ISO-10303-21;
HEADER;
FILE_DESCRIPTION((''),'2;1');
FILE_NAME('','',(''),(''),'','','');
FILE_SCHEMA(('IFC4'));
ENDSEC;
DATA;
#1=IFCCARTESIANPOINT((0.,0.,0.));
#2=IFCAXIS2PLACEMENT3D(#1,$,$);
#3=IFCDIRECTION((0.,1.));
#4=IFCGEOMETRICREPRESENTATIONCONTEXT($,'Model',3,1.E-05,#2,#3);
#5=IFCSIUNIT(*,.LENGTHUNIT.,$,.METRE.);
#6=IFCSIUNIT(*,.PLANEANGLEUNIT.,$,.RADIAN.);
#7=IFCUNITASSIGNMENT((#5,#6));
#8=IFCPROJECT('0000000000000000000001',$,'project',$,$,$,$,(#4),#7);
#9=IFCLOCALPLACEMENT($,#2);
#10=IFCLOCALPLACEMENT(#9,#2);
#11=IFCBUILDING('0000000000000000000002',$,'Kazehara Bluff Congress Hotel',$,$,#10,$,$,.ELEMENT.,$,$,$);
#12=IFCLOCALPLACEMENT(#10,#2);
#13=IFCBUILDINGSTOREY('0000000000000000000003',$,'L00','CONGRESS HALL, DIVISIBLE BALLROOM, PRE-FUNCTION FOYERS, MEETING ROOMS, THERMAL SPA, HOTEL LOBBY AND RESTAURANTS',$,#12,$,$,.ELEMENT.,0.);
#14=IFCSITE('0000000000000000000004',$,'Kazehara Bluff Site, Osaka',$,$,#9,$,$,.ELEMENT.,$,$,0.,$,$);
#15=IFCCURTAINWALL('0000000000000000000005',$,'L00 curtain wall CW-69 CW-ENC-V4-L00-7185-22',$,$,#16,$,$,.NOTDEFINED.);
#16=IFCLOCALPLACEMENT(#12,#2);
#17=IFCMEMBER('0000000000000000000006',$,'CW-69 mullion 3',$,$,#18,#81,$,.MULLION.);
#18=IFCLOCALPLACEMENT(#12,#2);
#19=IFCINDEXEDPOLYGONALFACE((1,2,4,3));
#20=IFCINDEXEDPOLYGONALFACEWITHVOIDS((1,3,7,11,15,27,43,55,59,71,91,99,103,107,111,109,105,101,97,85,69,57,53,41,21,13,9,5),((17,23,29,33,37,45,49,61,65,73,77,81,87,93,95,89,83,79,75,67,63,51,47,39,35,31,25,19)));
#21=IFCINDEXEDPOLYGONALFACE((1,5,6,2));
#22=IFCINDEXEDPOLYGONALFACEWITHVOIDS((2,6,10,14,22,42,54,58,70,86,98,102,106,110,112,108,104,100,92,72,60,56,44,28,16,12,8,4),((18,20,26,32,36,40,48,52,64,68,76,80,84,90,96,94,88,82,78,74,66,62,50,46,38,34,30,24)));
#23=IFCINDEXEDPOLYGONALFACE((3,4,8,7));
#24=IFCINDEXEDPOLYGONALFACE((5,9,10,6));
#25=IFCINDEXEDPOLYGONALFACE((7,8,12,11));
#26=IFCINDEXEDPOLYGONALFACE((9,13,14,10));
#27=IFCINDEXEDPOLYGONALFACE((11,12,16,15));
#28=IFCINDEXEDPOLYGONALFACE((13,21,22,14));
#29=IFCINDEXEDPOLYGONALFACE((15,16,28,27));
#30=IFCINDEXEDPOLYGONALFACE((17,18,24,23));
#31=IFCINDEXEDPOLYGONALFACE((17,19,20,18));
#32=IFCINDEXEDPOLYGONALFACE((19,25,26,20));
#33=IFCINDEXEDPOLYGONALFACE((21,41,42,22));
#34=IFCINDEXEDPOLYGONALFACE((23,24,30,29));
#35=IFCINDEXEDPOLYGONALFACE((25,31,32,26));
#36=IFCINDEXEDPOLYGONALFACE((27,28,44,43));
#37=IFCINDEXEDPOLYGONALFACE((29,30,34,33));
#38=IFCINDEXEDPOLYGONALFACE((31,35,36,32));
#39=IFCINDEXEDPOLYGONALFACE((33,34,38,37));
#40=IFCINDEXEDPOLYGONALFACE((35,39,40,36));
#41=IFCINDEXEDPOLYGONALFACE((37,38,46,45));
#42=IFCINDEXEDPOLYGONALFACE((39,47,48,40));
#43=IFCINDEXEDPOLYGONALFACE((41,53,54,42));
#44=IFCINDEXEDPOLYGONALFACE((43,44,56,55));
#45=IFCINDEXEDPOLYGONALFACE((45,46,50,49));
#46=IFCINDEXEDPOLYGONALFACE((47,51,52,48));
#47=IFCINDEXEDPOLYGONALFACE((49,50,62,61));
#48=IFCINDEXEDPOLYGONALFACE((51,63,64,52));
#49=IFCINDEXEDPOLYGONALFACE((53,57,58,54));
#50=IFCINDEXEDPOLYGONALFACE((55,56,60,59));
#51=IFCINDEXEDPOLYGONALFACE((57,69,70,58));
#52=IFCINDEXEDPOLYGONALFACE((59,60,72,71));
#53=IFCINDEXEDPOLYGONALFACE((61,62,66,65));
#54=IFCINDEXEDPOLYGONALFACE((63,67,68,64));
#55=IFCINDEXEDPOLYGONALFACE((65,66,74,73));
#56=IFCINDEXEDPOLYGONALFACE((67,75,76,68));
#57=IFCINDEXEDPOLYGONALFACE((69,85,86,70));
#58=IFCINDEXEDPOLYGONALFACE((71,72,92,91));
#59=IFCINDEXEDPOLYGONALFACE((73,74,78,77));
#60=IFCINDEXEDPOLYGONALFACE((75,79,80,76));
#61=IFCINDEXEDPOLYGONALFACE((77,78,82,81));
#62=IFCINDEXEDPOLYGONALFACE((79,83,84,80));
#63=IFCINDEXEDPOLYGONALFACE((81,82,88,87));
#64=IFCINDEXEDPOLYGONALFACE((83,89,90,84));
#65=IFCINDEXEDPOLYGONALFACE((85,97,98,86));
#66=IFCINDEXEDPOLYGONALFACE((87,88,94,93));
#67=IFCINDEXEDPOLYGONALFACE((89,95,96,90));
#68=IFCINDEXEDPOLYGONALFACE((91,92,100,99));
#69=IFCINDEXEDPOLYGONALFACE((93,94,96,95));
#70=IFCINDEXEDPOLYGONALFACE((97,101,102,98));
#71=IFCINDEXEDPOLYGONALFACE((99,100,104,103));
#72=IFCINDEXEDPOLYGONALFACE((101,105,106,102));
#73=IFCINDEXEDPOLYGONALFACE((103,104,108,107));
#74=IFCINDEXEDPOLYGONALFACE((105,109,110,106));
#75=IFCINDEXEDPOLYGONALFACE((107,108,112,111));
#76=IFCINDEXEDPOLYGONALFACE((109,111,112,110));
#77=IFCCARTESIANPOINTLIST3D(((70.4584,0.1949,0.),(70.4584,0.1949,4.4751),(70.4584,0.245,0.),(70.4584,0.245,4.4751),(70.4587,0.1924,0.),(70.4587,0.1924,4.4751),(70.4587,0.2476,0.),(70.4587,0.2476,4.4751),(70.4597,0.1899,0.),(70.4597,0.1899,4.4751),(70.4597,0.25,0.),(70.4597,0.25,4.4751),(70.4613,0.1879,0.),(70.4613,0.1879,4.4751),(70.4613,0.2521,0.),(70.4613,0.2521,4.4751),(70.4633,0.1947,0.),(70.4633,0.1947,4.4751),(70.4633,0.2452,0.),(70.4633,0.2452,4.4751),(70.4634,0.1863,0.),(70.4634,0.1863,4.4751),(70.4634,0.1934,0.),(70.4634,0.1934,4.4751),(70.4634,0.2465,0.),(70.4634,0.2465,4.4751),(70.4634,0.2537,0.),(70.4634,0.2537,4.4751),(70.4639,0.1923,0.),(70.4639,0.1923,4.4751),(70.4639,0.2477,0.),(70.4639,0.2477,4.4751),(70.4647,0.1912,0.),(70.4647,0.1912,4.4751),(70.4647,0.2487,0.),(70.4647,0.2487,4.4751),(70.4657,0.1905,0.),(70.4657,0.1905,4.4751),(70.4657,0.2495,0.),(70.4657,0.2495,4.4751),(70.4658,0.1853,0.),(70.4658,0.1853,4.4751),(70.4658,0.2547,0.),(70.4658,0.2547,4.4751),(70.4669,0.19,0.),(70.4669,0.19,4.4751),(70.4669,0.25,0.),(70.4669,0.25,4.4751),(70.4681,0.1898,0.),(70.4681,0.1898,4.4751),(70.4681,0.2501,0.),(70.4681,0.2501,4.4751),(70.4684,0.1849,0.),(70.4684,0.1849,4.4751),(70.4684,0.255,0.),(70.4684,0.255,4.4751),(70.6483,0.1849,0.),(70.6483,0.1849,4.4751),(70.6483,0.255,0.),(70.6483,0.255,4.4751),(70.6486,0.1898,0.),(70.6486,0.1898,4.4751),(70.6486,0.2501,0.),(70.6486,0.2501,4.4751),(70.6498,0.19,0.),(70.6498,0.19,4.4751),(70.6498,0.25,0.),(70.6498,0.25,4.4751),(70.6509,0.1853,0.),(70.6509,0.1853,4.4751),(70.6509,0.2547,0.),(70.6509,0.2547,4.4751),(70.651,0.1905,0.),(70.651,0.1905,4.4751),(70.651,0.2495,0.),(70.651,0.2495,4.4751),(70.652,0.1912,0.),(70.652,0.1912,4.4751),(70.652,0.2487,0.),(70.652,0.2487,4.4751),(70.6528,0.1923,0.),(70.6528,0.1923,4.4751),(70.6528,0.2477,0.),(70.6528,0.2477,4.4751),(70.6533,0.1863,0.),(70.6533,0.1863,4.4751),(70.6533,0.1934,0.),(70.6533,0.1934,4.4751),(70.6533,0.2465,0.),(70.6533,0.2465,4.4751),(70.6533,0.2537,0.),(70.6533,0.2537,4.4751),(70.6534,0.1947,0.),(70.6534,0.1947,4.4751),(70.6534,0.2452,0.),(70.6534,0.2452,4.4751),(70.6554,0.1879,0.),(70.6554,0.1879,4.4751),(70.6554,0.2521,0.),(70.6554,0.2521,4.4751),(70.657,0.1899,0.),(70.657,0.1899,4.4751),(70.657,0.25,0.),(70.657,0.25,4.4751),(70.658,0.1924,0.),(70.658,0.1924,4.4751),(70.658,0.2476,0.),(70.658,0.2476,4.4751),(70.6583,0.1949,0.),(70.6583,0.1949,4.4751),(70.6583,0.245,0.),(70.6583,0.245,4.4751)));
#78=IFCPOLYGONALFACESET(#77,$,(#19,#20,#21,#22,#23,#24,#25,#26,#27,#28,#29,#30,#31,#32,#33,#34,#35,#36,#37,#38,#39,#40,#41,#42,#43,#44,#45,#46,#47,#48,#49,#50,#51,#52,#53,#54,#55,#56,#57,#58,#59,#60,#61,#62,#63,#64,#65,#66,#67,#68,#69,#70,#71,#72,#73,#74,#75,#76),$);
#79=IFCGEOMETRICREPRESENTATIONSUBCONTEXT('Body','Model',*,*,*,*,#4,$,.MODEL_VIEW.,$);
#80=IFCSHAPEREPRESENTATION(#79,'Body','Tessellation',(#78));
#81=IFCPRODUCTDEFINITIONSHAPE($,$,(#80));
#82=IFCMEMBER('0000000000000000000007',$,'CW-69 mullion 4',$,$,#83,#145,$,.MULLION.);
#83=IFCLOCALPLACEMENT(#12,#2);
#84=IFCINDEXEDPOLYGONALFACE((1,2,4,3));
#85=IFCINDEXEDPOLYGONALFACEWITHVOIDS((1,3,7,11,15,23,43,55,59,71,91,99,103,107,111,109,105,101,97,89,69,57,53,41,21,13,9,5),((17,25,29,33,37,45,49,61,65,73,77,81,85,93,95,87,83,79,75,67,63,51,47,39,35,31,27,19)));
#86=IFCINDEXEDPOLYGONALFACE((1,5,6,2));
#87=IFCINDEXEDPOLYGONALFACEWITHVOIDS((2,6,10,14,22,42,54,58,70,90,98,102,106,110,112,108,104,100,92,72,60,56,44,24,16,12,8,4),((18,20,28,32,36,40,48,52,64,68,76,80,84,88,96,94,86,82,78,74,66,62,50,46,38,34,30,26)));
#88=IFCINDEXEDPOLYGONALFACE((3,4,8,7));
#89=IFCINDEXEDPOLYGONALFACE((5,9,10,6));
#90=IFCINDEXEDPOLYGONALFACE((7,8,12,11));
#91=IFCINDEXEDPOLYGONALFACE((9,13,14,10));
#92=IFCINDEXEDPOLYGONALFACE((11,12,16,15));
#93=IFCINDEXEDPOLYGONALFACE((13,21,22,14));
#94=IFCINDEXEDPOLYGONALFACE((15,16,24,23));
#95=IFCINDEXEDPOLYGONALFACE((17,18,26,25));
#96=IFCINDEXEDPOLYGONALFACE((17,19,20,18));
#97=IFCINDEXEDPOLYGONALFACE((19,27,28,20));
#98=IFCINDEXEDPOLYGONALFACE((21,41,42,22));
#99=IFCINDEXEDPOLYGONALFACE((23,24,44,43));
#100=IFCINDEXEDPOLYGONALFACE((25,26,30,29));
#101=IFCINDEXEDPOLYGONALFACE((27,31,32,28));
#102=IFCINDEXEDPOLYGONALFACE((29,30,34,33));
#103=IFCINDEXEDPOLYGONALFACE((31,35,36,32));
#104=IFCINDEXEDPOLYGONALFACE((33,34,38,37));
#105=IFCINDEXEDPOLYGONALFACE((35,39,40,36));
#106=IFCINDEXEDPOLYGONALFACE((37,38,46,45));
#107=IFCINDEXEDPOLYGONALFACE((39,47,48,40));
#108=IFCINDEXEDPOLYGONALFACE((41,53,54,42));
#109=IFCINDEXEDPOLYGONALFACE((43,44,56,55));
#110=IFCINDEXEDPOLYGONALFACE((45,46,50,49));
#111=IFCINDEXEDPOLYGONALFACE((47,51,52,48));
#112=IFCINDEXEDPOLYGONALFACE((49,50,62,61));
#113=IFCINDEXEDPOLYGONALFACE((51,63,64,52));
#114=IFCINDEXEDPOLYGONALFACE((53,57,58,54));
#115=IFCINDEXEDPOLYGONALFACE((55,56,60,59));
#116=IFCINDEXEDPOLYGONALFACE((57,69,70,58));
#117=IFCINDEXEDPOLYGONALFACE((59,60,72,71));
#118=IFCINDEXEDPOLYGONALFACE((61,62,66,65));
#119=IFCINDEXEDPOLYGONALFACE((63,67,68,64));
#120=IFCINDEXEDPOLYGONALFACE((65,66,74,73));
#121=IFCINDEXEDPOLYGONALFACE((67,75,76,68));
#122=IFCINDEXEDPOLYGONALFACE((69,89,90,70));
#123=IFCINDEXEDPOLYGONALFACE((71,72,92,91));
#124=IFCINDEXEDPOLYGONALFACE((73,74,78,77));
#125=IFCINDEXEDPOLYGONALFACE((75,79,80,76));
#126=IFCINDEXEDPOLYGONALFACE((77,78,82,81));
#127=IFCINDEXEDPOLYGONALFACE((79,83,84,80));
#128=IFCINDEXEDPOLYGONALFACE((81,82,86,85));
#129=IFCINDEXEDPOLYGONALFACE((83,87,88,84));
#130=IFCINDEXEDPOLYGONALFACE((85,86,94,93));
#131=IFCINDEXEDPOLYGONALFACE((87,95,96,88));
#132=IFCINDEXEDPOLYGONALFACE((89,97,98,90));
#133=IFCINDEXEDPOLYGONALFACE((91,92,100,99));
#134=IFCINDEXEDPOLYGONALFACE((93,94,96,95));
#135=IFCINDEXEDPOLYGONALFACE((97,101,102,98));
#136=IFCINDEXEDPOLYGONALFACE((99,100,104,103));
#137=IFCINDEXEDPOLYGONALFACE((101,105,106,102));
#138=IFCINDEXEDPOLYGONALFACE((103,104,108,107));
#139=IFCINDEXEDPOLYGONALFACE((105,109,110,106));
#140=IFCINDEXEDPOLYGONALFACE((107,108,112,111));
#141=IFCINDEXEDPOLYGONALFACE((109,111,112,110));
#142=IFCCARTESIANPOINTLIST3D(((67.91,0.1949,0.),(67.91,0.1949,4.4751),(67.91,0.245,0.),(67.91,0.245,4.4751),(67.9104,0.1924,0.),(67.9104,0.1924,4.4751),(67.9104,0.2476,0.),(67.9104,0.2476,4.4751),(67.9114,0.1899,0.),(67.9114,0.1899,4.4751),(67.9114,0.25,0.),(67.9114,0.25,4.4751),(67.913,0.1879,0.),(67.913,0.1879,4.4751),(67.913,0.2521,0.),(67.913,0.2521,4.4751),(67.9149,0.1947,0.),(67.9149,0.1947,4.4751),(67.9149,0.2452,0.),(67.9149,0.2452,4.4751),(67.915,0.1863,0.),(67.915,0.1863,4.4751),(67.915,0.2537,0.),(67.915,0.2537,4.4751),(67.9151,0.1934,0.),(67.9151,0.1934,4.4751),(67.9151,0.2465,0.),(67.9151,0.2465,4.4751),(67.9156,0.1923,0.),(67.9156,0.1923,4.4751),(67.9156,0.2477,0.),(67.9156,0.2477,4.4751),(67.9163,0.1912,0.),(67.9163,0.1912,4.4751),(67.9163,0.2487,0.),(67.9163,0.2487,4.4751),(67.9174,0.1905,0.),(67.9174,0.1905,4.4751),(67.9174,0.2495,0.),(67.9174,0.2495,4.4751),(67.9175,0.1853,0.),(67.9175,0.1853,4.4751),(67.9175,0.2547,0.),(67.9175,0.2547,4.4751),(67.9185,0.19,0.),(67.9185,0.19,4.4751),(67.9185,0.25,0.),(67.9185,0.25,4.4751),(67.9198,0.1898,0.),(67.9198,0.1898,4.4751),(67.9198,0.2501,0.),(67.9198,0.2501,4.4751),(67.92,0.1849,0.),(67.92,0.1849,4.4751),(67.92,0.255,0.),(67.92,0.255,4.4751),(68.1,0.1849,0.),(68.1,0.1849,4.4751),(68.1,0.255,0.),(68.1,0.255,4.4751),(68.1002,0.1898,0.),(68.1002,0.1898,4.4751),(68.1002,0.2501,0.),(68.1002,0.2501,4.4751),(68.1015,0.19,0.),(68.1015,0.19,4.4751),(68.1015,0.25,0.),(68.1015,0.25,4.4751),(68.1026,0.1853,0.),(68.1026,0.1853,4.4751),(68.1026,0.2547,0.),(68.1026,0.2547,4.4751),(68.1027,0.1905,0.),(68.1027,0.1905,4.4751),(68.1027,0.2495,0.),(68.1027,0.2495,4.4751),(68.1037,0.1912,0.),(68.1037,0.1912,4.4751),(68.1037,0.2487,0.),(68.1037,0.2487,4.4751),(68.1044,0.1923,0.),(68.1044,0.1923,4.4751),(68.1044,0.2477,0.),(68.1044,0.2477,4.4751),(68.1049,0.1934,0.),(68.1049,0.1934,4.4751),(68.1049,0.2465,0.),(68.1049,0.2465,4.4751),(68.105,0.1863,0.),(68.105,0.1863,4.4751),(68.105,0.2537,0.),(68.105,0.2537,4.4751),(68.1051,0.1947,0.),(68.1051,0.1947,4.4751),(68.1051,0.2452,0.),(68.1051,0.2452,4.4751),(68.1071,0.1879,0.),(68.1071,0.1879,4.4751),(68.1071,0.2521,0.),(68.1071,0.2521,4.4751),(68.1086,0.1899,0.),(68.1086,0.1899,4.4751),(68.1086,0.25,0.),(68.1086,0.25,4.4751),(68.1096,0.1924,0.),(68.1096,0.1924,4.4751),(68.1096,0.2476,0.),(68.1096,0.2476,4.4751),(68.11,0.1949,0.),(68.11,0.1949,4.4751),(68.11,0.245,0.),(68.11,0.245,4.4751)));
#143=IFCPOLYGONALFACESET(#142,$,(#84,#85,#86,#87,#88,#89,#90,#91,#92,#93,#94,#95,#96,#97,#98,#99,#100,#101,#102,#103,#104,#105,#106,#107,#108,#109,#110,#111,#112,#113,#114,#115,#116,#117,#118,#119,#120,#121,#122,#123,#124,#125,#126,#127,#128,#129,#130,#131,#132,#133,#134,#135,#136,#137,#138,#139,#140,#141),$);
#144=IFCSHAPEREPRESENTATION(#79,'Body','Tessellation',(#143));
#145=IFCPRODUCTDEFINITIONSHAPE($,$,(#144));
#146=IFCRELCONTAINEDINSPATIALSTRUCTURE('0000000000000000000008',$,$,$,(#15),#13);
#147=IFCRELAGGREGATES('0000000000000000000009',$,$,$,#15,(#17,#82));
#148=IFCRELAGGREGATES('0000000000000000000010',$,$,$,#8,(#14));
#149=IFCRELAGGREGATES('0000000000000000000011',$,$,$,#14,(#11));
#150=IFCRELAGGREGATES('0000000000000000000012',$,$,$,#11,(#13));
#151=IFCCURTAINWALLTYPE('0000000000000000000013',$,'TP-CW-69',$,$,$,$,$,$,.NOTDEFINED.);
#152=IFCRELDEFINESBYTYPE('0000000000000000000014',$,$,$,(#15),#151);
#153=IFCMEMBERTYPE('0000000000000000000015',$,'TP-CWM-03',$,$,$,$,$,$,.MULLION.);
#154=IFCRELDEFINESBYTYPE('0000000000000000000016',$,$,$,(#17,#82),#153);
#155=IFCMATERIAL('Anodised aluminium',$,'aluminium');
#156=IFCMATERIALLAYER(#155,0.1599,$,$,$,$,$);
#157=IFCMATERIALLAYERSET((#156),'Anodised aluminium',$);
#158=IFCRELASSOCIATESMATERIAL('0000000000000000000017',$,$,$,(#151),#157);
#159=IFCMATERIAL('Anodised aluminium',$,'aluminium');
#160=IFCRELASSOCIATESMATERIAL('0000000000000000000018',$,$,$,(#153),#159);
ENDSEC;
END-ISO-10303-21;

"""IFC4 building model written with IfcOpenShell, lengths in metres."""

from ifc_helpers import new_model, si_unit, direction, frame, origin, origin_2d, place, context, subcontext, project, spatial, hollow_rectangle, extrude, material, layer, layer_set, material_profile, profile_set, type_object, element, aggregate, save


model = new_model("IFC4")

# Units and contexts
model_context = context("Model", 3, precision=1e-05, world=origin(), true_north=direction((0.0, 1.0)))
body_context = subcontext(model_context, "Body", "Model", "MODEL_VIEW")
ifc_project = project(units=[si_unit("LENGTHUNIT", "METRE"), si_unit("PLANEANGLEUNIT", "RADIAN")], contexts=[model_context])

# Site, building, storey
site_placement = place(None, origin())
site = spatial("IfcSite", under=ifc_project, at=site_placement, Name="Kazehara Bluff Site, Osaka", CompositionType="ELEMENT", RefElevation=0.0)
building_placement = place(site_placement, origin())
building = spatial("IfcBuilding", under=site, at=building_placement, Name="Kazehara Bluff Congress Hotel", CompositionType="ELEMENT")
storey_placement = place(building_placement, origin())
storey = spatial("IfcBuildingStorey", under=building, at=storey_placement, Name="L00", Description="CONGRESS HALL, DIVISIBLE BALLROOM, PRE-FUNCTION FOYERS, MEETING ROOMS, THERMAL SPA, HOTEL LOBBY AND RESTAURANTS", CompositionType="ELEMENT", Elevation=0.0)

# Curtain wall, members
ifc_material_1 = material(Name="Anodised aluminium", Category="aluminium")
ifc_layer_1 = layer(ifc_material_1, 0.1599)
ifc_layer_set_1 = layer_set([ifc_layer_1], Name="Anodised aluminium")
curtain_wall_type = type_object("IfcCurtainWallType", Name="TP-CW-69", PredefinedType="NOTDEFINED", material=ifc_layer_set_1)
curtain_wall_placement = place(storey_placement, origin())
curtain_wall = element("IfcCurtainWall", 1, at=curtain_wall_placement, inside=storey, type_object=curtain_wall_type, Name="L00 curtain wall CW-69 CW-ENC-V4-L00-7185-22", PredefinedType="NOTDEFINED")
ifc_material_2 = material(Name="Anodised aluminium", Category="aluminium")
ifc_material_profile_1 = material_profile(ifc_material_2, hollow_rectangle(XDim=0.0701, YDim=0.2, WallThickness=0.0049, InnerFilletRadius=0.0049, OuterFilletRadius=0.01, at=origin_2d()))
ifc_profile_set_1 = profile_set([ifc_material_profile_1], Name="Anodised aluminium")
member_type_1 = type_object("IfcMemberType", Name="TP-CWM-03", PredefinedType="MULLION", material=ifc_profile_set_1)
member_1_placement = place(storey_placement, frame((70.5583, 0.22, 0.0), z_axis=(0.0, 0.0, 1.0), x_axis=(0.0, -1.0, 0.0)))
member_1 = element("IfcMember", 2, at=member_1_placement, type_object=member_type_1, Name="CW-69 mullion 3", PredefinedType="MULLION", context=body_context, shape_type="SweptSolid", body=[
    extrude(hollow_rectangle(XDim=0.0701, YDim=0.2, WallThickness=0.0049, InnerFilletRadius=0.0049, OuterFilletRadius=0.01, at=origin_2d()), origin(), (0.0, 0.0, 1.0), 4.4751),
])
member_2_placement = place(storey_placement, frame((68.01, 0.22, 0.0), z_axis=(0.0, 0.0, 1.0), x_axis=(0.0, -1.0, 0.0)))
member_2 = element("IfcMember", 3, at=member_2_placement, type_object=member_type_1, Name="CW-69 mullion 4", PredefinedType="MULLION", context=body_context, shape_type="SweptSolid", body=[
    extrude(hollow_rectangle(XDim=0.0701, YDim=0.2, WallThickness=0.0049, InnerFilletRadius=0.0049, OuterFilletRadius=0.01, at=origin_2d()), origin(), (0.0, 0.0, 1.0), 4.4751),
])

aggregate(curtain_wall, [member_1, member_2])

save(model, "model.ifc")
